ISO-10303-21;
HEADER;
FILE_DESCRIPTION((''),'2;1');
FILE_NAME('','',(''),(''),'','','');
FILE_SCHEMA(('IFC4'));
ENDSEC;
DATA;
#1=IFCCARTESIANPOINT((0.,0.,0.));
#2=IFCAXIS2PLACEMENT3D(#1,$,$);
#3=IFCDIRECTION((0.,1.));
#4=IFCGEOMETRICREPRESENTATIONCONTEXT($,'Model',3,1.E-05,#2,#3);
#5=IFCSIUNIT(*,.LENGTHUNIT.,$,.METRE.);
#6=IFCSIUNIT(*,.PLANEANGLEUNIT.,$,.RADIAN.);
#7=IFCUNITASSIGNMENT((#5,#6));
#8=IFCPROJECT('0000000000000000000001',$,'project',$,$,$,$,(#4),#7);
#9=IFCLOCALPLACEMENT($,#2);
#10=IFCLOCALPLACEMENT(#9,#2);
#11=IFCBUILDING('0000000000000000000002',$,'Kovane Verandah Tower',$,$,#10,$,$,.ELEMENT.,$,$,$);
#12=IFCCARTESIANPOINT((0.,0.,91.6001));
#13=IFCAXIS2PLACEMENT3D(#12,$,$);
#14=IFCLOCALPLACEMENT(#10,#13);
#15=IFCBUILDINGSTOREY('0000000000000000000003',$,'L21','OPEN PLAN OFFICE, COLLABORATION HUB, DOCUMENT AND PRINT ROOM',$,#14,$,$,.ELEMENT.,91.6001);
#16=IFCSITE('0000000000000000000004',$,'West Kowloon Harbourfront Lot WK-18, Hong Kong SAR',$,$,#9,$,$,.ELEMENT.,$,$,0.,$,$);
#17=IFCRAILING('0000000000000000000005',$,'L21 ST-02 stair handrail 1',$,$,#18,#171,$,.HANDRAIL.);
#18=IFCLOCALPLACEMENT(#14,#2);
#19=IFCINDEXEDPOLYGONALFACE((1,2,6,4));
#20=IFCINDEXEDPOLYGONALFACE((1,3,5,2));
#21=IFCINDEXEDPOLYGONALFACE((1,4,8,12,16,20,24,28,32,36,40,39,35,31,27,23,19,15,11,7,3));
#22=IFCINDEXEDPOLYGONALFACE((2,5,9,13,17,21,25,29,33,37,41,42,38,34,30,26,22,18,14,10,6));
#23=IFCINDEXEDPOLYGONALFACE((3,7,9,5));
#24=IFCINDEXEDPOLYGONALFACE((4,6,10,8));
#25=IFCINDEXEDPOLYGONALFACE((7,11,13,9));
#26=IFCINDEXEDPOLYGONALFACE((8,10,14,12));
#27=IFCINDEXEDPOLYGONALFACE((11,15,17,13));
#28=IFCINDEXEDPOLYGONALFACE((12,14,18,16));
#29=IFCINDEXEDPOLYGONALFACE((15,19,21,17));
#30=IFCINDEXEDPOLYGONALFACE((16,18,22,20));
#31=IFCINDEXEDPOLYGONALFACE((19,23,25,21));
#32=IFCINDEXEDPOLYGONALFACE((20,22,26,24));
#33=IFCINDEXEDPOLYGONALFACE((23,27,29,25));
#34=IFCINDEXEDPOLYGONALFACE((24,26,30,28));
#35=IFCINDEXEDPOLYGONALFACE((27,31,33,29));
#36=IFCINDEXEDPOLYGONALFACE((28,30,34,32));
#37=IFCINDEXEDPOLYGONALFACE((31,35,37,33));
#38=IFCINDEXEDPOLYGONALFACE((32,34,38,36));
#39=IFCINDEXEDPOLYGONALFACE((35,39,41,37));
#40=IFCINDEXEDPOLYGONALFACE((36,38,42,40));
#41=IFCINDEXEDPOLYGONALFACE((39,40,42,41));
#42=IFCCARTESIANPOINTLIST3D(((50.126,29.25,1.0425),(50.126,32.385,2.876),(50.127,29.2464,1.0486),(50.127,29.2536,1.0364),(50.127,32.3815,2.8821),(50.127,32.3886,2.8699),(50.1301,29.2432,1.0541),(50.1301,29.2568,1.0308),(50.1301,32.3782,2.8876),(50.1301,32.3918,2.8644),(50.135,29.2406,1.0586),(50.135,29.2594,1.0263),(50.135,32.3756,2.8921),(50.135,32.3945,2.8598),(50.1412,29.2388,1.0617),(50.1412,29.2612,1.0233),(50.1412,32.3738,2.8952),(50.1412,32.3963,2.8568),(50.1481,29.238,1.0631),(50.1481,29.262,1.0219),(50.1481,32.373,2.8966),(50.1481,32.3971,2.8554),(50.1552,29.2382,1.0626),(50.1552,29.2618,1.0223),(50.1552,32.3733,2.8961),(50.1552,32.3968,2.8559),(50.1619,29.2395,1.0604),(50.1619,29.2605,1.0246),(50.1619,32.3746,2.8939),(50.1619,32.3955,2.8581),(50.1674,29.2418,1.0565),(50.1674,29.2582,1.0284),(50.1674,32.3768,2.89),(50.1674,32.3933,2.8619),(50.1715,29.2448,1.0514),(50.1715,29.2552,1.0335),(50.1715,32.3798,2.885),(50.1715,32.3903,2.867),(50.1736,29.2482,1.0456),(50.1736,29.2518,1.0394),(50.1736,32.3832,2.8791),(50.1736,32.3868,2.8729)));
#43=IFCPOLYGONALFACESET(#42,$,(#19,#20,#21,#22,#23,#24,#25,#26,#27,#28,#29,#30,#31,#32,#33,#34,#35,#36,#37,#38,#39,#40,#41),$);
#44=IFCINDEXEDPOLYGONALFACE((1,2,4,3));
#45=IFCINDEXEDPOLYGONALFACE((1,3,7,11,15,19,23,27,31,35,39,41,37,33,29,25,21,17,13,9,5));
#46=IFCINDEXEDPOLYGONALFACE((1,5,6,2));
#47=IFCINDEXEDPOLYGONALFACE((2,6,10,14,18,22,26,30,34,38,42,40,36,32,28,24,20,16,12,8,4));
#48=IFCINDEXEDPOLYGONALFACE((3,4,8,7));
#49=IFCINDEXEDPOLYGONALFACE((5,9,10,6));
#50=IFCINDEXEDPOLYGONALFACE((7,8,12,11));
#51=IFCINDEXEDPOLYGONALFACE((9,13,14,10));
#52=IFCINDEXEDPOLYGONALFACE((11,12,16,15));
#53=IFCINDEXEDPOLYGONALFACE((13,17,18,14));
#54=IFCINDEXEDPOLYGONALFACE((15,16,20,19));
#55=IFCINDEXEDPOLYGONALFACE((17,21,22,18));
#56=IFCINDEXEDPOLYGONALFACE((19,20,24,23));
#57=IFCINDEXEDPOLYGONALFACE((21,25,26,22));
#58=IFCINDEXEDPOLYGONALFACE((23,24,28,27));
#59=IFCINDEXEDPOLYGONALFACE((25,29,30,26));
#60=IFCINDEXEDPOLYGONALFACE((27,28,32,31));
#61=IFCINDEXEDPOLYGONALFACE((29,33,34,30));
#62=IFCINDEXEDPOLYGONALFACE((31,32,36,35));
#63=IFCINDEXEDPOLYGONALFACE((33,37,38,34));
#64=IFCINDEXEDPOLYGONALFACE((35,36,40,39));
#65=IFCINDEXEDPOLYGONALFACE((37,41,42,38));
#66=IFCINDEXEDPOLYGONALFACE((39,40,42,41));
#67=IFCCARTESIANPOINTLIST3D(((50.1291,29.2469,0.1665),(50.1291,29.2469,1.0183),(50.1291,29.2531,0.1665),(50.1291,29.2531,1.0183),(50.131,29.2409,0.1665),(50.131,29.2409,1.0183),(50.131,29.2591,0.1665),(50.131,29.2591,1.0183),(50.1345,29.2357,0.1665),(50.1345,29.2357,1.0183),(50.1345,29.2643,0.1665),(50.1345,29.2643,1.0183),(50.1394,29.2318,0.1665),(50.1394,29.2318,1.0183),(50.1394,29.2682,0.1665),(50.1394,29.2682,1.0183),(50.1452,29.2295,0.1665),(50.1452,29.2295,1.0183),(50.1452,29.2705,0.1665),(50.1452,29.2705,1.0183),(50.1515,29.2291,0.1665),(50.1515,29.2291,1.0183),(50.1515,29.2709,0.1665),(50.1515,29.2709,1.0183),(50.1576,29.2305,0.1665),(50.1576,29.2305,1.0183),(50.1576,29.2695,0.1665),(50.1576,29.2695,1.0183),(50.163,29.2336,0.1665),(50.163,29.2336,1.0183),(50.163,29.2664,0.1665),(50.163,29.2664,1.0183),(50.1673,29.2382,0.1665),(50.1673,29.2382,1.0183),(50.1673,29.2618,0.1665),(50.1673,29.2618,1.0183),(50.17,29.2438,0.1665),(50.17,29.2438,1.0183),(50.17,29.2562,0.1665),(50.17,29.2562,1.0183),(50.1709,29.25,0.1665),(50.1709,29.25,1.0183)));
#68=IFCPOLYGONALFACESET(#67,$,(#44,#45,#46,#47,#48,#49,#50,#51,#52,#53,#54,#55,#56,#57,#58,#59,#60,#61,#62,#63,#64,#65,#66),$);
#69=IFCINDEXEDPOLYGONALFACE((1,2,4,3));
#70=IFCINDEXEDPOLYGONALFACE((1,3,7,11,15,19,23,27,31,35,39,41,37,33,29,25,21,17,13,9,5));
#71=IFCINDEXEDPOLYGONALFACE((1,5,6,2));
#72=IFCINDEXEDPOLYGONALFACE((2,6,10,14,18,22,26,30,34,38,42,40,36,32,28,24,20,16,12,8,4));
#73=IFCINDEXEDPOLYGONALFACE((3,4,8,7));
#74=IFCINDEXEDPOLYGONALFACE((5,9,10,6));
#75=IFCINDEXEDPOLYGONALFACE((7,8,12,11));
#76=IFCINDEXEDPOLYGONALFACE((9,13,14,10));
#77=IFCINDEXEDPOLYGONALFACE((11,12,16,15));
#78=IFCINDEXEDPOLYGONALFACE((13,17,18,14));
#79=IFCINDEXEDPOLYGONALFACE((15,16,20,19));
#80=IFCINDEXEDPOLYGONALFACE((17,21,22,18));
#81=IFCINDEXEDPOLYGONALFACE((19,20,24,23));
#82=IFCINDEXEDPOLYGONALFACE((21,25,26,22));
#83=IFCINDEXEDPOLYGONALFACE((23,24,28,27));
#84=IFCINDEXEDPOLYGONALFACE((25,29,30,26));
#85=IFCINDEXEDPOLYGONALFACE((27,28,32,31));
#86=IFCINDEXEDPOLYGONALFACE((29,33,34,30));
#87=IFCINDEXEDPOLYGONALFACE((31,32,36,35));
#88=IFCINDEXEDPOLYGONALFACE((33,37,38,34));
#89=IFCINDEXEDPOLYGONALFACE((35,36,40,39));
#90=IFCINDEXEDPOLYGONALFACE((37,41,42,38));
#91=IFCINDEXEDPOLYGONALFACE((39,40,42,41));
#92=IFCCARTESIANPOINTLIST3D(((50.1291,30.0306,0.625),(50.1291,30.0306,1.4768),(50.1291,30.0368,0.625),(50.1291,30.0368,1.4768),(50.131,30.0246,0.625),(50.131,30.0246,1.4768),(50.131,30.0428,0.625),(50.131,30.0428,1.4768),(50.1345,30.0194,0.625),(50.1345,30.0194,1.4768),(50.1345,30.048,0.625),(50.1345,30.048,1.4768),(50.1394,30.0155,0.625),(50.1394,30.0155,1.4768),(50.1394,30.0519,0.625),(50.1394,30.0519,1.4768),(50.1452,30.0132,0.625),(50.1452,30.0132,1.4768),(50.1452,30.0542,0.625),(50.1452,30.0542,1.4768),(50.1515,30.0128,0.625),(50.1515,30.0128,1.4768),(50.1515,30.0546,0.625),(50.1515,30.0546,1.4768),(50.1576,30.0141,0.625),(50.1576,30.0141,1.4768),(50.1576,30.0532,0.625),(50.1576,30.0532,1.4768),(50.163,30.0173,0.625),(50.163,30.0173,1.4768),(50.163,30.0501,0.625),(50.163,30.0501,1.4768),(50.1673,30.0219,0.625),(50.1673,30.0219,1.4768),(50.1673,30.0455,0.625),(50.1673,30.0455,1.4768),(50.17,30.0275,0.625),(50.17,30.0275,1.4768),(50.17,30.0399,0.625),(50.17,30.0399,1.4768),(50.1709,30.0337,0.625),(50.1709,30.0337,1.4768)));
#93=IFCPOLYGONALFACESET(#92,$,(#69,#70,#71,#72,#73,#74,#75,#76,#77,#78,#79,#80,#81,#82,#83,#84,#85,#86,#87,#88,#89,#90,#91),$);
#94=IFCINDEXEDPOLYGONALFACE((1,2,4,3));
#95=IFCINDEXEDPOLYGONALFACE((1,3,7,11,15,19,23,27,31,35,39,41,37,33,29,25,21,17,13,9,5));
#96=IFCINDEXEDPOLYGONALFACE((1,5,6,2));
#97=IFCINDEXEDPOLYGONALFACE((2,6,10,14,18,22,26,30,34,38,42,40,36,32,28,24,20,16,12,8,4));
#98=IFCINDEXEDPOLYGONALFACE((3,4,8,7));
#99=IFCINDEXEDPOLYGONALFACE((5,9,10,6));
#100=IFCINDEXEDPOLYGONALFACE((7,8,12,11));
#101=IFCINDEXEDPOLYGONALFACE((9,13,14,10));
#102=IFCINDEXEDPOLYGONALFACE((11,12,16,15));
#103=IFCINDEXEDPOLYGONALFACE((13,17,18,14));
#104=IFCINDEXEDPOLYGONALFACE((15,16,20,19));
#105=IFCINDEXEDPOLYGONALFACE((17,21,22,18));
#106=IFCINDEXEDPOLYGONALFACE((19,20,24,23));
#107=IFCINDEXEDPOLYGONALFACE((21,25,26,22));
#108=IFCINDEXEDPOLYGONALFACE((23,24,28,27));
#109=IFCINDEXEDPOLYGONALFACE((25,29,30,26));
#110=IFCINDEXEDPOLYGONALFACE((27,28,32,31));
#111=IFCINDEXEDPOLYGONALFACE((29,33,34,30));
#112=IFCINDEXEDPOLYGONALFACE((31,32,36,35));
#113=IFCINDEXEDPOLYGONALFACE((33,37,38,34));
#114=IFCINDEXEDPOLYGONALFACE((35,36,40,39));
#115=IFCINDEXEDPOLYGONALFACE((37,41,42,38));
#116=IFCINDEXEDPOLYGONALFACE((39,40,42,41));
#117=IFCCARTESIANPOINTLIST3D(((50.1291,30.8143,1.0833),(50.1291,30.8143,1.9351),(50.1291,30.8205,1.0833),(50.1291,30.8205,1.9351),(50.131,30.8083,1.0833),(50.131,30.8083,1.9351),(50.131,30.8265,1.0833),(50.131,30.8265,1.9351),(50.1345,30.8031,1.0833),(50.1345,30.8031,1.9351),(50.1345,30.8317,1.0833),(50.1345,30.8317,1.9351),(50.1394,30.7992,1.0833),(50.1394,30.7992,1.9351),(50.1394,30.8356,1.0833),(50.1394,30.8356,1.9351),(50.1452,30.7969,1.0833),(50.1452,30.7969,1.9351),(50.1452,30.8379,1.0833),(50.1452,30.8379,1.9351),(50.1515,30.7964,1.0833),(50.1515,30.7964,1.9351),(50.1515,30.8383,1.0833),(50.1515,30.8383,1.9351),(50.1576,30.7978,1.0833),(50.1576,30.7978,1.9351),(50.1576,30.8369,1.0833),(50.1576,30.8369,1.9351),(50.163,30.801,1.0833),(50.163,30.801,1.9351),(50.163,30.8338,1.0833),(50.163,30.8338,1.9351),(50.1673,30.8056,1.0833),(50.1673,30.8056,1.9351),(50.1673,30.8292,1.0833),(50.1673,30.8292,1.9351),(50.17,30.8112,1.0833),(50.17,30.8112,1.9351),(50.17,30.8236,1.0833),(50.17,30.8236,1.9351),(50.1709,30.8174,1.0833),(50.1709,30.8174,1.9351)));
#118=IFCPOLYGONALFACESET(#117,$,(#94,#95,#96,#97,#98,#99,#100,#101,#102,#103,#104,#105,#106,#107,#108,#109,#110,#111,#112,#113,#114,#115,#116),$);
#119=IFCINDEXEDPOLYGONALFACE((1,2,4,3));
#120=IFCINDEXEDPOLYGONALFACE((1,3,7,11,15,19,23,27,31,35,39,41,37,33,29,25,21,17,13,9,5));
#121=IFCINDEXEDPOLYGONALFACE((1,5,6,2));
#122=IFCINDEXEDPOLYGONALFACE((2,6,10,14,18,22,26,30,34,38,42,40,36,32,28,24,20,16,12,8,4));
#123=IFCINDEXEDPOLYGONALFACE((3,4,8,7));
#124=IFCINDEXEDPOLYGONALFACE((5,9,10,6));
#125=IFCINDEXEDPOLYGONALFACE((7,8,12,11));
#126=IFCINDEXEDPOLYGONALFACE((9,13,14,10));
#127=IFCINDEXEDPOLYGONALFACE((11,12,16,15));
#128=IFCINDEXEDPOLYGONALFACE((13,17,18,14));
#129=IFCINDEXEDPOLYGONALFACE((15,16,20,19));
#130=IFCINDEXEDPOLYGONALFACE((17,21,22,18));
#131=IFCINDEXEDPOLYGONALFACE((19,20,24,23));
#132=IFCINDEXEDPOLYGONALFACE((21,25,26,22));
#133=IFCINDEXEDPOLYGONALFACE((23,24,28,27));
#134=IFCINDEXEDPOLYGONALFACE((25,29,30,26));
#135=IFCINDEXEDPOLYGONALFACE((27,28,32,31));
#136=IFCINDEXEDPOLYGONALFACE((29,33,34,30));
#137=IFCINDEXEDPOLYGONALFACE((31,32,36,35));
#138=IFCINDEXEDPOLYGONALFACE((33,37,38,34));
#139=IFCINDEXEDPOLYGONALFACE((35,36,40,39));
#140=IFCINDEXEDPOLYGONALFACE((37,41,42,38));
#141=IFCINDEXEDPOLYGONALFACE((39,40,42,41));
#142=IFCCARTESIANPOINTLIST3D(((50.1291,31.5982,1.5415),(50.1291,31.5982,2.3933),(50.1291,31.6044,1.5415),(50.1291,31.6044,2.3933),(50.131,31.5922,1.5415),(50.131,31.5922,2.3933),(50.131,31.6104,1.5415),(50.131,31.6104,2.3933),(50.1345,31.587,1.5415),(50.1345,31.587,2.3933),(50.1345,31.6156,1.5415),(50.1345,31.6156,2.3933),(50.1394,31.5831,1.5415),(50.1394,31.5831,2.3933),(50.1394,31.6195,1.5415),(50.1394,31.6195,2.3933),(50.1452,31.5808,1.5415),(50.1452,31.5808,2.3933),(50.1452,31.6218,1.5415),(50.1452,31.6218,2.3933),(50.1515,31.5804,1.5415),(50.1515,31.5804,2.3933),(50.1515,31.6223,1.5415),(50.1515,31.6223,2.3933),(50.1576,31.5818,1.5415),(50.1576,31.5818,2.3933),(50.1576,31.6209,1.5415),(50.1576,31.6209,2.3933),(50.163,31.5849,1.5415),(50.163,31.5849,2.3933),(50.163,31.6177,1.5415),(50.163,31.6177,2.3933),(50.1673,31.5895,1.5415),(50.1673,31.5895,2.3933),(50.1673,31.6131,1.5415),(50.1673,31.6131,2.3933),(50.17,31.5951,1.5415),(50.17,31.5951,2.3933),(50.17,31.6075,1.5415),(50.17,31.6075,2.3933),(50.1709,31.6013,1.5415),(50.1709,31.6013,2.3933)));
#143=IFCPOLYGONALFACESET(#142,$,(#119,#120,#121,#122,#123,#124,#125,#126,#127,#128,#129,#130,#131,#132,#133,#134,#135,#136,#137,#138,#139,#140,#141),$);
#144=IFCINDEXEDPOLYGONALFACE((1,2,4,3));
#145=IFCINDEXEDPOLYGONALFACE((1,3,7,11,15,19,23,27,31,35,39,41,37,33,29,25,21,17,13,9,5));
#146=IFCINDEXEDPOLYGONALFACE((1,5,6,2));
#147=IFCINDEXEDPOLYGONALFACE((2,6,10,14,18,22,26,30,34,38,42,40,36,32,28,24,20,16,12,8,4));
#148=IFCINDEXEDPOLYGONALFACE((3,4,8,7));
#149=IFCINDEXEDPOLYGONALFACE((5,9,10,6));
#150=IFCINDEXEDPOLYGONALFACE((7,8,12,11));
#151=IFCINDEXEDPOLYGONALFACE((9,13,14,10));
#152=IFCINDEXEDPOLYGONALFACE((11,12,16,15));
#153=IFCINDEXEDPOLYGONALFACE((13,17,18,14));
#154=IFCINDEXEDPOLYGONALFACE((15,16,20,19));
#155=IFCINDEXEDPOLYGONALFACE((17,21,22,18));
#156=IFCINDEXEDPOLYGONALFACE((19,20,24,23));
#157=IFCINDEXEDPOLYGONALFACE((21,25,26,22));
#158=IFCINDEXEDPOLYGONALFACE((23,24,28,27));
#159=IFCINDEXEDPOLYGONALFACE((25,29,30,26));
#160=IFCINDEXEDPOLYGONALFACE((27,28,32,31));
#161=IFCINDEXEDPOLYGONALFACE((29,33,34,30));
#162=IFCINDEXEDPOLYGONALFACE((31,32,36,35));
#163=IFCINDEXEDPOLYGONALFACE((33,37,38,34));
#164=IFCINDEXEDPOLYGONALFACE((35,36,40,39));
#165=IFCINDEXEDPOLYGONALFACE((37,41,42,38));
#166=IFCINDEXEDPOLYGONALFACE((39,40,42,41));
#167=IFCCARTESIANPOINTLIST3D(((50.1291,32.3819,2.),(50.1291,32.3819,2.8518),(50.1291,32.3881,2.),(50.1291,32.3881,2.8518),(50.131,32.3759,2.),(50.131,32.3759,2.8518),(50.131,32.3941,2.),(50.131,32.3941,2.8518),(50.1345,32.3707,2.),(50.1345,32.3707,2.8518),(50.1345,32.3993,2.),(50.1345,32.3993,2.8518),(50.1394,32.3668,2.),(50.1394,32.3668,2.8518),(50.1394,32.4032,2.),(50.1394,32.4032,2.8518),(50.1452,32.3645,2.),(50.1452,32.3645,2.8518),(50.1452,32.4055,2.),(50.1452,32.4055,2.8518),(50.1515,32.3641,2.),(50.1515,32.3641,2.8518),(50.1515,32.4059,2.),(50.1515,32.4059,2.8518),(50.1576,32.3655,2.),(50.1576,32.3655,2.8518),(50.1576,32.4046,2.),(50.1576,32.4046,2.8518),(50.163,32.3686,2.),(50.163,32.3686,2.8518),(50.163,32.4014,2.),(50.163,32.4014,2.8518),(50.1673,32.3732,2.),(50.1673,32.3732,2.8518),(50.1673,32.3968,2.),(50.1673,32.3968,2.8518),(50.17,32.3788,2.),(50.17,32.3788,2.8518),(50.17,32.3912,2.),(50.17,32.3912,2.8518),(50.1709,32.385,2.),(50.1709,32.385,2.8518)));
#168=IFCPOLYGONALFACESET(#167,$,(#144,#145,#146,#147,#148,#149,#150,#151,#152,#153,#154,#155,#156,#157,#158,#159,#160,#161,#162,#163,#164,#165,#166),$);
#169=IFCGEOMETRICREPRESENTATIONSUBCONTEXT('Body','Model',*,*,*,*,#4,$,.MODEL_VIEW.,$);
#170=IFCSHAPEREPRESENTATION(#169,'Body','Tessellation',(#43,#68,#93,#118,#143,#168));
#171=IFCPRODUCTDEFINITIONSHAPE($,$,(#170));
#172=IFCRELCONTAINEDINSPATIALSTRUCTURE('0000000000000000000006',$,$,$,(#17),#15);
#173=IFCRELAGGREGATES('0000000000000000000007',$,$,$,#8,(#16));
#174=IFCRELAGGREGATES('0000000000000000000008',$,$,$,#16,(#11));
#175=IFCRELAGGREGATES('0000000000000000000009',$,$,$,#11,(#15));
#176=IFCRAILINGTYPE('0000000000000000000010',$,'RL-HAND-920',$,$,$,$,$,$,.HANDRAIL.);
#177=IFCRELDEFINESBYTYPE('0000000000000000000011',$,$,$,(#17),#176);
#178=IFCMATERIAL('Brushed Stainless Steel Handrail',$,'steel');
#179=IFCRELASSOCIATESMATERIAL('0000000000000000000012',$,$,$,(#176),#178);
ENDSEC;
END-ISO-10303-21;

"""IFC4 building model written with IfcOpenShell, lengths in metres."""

from ifc_helpers import new_model, si_unit, direction, frame, origin, origin_2d, place, context, subcontext, project, spatial, circle, extrude, material, type_object, element, save


model = new_model("IFC4")

# Units and contexts
model_context = context("Model", 3, precision=1e-05, world=origin(), true_north=direction((0.0, 1.0)))
body_context = subcontext(model_context, "Body", "Model", "MODEL_VIEW")
ifc_project = project(units=[si_unit("LENGTHUNIT", "METRE"), si_unit("PLANEANGLEUNIT", "RADIAN")], contexts=[model_context])

# Site, building, storey
site_placement = place(None, origin())
site = spatial("IfcSite", under=ifc_project, at=site_placement, Name="West Kowloon Harbourfront Lot WK-18, Hong Kong SAR", CompositionType="ELEMENT", RefElevation=0.0)
building_placement = place(site_placement, origin())
building = spatial("IfcBuilding", under=site, at=building_placement, Name="Kovane Verandah Tower", CompositionType="ELEMENT")
storey_placement = place(building_placement, frame((0.0, 0.0, 91.6001)))
storey = spatial("IfcBuildingStorey", under=building, at=storey_placement, Name="L21", Description="OPEN PLAN OFFICE, COLLABORATION HUB, DOCUMENT AND PRINT ROOM", CompositionType="ELEMENT", Elevation=91.6001)

# Railing
ifc_material_1 = material(Name="Brushed Stainless Steel Handrail", Category="steel")
railing_type_1 = type_object("IfcRailingType", Name="RL-HAND-920", PredefinedType="HANDRAIL", material=ifc_material_1)
railing_1_placement = place(storey_placement, frame((50.1499, 29.25, 0.1665)))
element("IfcRailing", 1, at=railing_1_placement, inside=storey, type_object=railing_type_1, Name="L21 ST-02 stair handrail 1", PredefinedType="HANDRAIL", context=body_context, shape_type="SweptSolid", body=[
    extrude(circle(Radius=0.0239, at=origin_2d()), frame((0.0, 0.0, 0.876), z_axis=(0.0, 0.86321, 0.504845), x_axis=(-1.0, 0.0, 0.0)), (0.0, 0.0, 1.0), 3.6318),
    extrude(circle(Radius=0.021, at=origin_2d()), origin(), (0.0, 0.0, 1.0), 0.8518),
    extrude(circle(Radius=0.021, at=origin_2d()), frame((0.0, 0.7837, 0.4585)), (0.0, 0.0, 1.0), 0.8518),
    extrude(circle(Radius=0.021, at=origin_2d()), frame((0.0, 1.5674, 0.9167)), (0.0, 0.0, 1.0), 0.8518),
    extrude(circle(Radius=0.021, at=origin_2d()), frame((0.0, 2.3513, 1.375)), (0.0, 0.0, 1.0), 0.8518),
    extrude(circle(Radius=0.021, at=origin_2d()), frame((0.0, 3.135, 1.8335)), (0.0, 0.0, 1.0), 0.8518),
])

save(model, "model.ifc")
